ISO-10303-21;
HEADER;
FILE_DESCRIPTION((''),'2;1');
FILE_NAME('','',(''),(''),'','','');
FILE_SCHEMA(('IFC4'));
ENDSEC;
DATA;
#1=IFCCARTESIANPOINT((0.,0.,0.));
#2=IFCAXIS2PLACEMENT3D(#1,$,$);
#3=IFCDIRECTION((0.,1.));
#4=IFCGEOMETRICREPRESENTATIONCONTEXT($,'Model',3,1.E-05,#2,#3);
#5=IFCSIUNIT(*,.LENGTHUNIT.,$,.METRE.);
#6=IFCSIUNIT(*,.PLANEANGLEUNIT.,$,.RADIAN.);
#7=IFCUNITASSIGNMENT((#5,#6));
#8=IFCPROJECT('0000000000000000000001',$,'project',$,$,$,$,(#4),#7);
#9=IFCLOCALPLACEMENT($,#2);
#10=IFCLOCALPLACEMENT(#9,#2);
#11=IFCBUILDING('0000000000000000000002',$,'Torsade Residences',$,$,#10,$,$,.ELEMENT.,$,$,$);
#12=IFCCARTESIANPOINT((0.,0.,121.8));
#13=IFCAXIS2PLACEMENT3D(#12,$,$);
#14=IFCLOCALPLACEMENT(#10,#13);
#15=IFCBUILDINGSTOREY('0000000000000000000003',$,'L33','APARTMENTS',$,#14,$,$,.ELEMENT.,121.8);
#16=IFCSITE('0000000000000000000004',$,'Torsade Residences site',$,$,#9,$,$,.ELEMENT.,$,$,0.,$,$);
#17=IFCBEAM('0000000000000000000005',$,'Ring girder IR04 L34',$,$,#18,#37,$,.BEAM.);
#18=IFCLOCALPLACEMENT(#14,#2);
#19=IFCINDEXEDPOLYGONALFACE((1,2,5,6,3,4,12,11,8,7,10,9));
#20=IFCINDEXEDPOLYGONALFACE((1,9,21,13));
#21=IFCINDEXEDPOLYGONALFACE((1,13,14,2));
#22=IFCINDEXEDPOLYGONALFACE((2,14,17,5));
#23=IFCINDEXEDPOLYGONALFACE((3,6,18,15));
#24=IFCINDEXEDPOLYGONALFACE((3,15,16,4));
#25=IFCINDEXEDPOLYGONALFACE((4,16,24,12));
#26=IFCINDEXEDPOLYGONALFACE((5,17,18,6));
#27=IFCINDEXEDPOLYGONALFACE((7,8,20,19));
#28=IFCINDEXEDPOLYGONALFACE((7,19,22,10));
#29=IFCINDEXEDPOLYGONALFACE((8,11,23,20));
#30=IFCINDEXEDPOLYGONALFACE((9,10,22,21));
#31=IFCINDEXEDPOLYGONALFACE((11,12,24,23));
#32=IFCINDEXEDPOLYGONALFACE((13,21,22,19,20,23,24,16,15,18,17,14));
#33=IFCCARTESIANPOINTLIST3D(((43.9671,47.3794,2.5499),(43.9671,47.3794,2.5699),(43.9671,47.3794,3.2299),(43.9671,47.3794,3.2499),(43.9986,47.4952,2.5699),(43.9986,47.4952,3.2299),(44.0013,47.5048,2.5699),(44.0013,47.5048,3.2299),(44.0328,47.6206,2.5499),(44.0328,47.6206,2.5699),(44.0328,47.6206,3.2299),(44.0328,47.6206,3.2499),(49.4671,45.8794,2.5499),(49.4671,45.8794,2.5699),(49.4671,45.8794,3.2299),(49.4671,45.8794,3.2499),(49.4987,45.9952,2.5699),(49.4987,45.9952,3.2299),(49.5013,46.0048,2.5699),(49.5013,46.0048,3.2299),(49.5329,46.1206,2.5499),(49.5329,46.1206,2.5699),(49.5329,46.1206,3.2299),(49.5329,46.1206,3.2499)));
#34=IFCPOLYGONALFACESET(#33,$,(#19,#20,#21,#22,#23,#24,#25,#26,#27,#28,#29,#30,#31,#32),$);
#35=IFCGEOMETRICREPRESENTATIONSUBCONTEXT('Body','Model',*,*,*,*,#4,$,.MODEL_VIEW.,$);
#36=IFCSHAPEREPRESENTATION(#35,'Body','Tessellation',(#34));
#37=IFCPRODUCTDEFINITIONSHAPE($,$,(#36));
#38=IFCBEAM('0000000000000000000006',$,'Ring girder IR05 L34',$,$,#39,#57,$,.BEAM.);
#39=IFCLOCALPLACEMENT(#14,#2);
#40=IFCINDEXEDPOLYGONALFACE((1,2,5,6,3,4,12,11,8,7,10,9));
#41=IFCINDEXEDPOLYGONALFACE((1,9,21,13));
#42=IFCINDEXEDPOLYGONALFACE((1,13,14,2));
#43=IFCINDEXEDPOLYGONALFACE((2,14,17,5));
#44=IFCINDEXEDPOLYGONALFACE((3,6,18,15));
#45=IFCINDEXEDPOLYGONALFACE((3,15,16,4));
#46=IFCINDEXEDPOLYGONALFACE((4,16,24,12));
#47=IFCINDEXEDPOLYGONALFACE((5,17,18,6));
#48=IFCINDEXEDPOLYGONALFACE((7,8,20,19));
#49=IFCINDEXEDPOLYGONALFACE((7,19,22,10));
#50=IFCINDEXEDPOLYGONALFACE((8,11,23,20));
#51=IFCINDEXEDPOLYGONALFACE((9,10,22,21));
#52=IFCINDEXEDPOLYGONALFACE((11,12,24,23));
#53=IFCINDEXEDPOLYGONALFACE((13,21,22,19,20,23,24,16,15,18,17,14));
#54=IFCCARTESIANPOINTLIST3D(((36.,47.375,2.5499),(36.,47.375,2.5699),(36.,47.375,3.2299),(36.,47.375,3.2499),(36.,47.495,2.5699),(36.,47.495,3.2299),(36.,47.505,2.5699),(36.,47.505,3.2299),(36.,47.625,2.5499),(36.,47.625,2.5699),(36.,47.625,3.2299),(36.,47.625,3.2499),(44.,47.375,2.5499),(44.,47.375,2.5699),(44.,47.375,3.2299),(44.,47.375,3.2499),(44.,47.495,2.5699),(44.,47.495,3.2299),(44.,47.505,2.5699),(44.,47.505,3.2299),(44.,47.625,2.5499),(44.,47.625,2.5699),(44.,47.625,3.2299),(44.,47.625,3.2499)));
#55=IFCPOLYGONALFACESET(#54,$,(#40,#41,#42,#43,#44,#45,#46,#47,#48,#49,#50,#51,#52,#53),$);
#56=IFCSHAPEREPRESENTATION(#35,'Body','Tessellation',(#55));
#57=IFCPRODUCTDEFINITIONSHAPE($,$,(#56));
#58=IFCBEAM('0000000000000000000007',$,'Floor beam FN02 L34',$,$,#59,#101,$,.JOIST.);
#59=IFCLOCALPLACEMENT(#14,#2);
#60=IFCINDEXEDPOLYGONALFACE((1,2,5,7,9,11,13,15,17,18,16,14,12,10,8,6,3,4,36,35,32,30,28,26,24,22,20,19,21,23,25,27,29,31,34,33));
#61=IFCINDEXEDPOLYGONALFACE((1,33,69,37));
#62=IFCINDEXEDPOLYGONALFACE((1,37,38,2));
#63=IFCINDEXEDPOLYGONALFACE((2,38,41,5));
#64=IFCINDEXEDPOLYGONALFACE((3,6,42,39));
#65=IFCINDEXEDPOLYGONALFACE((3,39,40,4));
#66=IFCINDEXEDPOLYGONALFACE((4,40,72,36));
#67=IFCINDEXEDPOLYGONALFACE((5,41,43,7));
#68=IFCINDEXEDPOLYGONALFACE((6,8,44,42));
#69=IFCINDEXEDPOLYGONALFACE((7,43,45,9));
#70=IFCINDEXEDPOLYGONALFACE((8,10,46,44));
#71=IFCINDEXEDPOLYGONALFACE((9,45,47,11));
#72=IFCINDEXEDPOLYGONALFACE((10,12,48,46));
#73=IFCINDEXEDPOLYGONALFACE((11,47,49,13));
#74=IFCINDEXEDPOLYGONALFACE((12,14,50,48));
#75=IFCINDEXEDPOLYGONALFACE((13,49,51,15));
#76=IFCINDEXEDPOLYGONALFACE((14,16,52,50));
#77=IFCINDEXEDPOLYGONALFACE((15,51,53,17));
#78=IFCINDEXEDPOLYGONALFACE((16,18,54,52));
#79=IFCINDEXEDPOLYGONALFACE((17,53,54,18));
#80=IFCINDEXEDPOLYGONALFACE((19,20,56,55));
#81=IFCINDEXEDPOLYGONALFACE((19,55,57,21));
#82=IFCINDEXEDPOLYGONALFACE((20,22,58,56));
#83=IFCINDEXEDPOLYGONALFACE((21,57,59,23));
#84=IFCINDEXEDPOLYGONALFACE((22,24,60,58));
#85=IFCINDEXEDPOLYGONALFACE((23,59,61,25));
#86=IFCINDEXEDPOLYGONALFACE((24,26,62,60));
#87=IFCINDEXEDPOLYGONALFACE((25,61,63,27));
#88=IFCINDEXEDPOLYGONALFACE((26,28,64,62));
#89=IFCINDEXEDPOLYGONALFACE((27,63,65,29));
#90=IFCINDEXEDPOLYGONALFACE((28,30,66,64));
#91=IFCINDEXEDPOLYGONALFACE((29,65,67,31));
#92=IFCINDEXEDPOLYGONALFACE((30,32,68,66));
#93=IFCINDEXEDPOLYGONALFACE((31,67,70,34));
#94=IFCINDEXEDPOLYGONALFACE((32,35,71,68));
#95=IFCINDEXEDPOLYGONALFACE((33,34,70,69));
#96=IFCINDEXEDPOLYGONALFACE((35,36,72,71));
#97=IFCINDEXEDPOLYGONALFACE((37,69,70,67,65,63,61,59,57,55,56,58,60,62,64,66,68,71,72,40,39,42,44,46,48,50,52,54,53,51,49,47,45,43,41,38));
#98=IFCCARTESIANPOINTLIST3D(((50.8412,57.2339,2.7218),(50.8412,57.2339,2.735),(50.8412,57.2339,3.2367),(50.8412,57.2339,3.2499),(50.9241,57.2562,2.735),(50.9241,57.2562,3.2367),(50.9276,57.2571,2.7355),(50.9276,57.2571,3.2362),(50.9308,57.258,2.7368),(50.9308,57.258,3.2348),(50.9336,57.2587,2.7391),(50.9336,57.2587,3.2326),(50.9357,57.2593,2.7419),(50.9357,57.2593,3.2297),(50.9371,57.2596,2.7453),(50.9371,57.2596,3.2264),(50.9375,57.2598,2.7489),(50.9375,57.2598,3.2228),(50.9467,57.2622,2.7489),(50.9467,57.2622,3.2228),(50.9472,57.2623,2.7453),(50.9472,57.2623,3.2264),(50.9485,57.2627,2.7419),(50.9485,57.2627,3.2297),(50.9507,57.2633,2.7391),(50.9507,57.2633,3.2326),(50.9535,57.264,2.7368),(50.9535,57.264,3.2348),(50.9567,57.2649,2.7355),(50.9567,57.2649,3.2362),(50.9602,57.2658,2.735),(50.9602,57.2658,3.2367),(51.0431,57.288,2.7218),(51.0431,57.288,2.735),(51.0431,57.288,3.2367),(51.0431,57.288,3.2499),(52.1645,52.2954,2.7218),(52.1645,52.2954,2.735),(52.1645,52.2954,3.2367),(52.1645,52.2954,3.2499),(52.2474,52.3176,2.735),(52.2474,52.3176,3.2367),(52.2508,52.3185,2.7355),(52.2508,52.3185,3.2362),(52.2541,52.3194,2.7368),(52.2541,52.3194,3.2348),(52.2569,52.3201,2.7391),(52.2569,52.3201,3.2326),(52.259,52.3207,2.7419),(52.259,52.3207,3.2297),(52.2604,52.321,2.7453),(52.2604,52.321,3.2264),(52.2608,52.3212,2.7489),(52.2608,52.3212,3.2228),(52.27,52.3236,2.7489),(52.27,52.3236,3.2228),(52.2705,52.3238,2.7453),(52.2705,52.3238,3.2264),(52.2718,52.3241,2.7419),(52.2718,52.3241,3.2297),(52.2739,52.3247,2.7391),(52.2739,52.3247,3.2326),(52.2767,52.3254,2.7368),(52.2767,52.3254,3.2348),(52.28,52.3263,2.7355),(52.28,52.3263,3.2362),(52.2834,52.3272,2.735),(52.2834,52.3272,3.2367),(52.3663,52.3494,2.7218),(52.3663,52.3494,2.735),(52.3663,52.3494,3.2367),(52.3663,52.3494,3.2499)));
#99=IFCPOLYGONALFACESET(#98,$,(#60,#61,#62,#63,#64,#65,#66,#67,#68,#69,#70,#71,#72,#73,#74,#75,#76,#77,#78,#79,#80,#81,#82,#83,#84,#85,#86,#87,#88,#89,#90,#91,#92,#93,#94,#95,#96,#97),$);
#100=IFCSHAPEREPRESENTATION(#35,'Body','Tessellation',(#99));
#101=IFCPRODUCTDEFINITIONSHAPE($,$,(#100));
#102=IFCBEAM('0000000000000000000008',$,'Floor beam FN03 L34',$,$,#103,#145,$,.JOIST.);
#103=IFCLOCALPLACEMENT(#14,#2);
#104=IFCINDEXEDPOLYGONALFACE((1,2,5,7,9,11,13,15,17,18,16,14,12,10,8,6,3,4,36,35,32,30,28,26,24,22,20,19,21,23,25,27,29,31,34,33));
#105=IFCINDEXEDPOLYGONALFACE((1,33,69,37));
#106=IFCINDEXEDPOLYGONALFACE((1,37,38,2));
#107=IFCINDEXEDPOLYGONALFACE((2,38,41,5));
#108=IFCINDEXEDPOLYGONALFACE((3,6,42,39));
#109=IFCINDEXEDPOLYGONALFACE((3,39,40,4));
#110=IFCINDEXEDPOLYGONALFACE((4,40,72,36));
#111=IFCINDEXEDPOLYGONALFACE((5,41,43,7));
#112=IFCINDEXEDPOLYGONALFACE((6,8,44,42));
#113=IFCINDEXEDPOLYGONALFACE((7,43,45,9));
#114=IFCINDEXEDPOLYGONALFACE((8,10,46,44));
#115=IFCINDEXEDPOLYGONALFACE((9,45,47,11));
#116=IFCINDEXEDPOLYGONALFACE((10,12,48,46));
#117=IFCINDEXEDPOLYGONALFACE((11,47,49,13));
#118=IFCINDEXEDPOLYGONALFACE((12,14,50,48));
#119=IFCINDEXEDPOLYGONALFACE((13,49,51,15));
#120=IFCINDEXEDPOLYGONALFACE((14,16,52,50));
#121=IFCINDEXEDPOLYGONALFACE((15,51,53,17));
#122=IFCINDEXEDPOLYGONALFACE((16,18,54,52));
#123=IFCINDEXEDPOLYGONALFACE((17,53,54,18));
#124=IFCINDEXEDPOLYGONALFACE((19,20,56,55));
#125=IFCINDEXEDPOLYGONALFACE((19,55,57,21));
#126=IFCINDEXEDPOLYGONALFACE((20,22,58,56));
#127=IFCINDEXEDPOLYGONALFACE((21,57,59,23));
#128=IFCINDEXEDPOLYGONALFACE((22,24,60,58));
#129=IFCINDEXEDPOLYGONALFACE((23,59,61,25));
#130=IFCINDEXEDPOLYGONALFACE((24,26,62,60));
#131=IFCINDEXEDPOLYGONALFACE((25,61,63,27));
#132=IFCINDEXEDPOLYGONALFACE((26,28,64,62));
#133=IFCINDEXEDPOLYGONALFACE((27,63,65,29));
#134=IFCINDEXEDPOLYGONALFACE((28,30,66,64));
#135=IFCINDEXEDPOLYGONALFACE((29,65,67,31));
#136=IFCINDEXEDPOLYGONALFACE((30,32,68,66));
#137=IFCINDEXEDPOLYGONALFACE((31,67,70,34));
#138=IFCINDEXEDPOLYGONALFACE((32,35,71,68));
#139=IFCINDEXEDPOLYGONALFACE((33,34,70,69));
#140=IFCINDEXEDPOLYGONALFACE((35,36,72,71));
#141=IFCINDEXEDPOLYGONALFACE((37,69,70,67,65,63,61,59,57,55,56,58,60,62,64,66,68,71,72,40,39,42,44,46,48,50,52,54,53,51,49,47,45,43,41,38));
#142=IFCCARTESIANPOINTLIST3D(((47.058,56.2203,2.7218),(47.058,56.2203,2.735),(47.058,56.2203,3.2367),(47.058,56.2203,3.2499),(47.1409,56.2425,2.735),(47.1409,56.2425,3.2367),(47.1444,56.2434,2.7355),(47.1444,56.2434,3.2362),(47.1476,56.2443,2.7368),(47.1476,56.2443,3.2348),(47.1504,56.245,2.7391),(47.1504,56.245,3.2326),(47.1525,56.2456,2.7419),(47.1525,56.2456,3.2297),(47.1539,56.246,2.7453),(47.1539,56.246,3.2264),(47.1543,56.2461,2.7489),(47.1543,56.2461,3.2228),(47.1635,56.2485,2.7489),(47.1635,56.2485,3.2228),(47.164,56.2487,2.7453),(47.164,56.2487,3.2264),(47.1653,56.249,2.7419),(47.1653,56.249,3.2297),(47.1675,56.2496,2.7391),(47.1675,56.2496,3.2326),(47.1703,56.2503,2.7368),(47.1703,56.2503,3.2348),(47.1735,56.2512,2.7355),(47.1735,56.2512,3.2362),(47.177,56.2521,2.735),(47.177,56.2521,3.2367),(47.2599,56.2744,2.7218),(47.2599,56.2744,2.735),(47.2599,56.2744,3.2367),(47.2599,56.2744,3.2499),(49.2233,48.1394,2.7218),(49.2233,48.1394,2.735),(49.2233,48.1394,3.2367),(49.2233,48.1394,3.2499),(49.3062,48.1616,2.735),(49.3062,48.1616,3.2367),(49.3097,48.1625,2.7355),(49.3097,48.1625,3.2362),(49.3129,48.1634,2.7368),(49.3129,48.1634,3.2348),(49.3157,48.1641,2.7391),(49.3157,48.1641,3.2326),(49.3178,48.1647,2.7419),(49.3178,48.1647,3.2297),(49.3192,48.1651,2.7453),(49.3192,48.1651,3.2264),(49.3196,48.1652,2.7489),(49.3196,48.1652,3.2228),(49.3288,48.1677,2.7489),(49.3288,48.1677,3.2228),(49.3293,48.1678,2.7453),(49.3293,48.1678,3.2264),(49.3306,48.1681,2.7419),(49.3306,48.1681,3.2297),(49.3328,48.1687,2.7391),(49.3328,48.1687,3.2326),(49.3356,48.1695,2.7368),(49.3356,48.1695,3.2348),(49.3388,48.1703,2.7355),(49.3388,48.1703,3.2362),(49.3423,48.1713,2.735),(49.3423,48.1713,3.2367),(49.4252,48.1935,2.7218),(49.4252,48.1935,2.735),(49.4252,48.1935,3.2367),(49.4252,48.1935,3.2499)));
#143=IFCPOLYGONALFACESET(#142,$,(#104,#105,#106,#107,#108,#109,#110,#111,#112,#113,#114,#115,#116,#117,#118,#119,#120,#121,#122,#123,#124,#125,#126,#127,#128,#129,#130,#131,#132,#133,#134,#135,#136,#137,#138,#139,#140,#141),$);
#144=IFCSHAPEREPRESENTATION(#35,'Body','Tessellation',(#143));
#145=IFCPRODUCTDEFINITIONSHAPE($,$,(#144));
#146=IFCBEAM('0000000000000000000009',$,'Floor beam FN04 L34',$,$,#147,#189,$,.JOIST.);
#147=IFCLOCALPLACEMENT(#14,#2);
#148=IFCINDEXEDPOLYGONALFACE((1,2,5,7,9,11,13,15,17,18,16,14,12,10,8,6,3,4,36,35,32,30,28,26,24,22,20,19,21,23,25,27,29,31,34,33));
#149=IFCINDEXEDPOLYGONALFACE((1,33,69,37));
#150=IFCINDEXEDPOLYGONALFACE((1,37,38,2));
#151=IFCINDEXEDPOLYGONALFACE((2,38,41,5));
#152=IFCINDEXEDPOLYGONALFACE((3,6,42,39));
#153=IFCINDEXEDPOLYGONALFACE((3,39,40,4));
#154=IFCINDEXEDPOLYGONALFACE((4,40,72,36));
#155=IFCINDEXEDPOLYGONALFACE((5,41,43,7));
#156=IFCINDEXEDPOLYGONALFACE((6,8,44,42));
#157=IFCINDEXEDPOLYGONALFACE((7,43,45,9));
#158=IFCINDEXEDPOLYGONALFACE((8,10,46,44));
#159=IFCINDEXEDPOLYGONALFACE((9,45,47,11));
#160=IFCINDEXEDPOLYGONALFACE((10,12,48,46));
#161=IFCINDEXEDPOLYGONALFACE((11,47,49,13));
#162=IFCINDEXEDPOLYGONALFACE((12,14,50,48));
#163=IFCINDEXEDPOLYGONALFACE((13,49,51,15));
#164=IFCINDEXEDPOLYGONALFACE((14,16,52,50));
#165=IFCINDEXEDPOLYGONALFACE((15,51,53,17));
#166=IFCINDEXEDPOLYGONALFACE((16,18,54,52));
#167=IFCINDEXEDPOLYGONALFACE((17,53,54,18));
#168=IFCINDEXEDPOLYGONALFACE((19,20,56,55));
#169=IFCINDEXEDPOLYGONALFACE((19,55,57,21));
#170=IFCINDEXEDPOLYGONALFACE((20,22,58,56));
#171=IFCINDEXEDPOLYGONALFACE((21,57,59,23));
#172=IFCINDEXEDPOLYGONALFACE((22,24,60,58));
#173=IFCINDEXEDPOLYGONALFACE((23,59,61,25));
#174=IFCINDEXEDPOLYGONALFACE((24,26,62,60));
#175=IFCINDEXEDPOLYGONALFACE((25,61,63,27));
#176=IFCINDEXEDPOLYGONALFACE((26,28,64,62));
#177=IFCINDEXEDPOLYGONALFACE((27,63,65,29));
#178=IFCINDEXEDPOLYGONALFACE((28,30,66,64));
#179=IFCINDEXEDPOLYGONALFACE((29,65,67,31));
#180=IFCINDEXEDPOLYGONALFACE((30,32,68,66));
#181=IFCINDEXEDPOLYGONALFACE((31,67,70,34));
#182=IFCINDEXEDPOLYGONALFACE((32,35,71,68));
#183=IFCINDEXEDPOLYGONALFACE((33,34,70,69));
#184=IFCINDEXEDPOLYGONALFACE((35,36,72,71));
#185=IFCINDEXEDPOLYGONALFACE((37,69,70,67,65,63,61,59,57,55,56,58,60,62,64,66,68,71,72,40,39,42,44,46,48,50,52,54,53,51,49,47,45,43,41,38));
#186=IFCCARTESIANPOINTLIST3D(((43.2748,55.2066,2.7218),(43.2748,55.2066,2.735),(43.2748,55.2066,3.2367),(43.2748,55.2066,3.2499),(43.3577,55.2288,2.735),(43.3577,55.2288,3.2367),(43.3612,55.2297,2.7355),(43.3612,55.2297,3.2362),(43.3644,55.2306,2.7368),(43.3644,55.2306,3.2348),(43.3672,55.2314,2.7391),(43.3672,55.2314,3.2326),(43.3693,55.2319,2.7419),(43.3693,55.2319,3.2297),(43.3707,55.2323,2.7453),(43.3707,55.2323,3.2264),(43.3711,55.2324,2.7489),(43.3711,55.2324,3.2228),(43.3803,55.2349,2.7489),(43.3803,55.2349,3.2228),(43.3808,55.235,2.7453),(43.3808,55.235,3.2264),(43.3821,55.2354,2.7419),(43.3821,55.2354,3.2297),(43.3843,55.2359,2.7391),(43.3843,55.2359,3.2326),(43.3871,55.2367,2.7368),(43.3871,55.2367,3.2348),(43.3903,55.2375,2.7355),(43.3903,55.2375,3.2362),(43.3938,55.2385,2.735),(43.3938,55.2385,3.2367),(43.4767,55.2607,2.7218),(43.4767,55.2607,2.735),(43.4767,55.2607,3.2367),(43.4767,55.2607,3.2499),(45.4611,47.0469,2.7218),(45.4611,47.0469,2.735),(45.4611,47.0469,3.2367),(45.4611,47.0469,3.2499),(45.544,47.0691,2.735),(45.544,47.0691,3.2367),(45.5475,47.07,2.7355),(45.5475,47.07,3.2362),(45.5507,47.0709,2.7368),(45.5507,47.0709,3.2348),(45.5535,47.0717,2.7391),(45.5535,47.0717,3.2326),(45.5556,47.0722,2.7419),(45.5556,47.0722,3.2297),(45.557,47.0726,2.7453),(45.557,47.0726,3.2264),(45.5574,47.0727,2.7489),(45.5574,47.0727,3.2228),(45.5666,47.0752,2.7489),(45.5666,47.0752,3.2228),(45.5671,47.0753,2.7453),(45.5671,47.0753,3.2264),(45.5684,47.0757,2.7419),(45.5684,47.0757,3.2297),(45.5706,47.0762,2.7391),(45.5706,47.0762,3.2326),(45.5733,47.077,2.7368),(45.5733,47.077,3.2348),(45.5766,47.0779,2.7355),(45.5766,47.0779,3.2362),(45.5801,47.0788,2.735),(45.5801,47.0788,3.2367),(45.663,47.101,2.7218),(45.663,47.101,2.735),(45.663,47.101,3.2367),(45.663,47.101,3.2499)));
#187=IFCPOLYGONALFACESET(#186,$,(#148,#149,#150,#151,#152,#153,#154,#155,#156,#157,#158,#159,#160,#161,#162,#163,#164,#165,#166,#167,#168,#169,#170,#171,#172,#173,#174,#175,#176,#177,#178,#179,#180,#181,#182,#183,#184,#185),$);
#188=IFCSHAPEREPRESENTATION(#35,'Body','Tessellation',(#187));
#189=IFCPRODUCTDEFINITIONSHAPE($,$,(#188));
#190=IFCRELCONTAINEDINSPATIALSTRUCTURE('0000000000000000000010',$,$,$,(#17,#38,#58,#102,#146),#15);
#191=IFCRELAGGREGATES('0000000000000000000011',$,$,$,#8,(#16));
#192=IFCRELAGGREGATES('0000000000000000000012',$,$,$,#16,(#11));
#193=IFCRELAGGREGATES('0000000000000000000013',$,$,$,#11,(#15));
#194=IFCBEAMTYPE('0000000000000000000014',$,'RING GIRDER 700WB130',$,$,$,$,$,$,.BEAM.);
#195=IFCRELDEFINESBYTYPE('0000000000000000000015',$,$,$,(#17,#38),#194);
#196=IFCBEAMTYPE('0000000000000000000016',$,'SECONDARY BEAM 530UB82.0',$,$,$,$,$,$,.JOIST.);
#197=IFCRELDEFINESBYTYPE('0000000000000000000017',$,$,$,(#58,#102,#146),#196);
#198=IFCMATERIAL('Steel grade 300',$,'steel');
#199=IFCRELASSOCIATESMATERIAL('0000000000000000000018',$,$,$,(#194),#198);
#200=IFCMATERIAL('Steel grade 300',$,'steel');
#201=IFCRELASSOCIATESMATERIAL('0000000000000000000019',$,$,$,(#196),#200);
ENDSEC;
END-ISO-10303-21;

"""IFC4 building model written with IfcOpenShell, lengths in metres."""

from ifc_helpers import new_model, si_unit, direction, frame, origin, origin_2d, place, context, subcontext, project, spatial, i_section, extrude, material, material_profile, profile_set, type_object, element, save


model = new_model("IFC4")

# Units and contexts
model_context = context("Model", 3, precision=1e-05, world=origin(), true_north=direction((0.0, 1.0)))
body_context = subcontext(model_context, "Body", "Model", "MODEL_VIEW")
ifc_project = project(units=[si_unit("LENGTHUNIT", "METRE"), si_unit("PLANEANGLEUNIT", "RADIAN")], contexts=[model_context])

# Site, building, storey
site_placement = place(None, origin())
site = spatial("IfcSite", under=ifc_project, at=site_placement, Name="Torsade Residences site", CompositionType="ELEMENT", RefElevation=0.0)
building_placement = place(site_placement, origin())
building = spatial("IfcBuilding", under=site, at=building_placement, Name="Torsade Residences", CompositionType="ELEMENT")
storey_placement = place(building_placement, frame((0.0, 0.0, 121.8)))
storey = spatial("IfcBuildingStorey", under=building, at=storey_placement, Name="L33", Description="APARTMENTS", CompositionType="ELEMENT", Elevation=121.8)

# Beams
ifc_material_1 = material(Name="Steel grade 300", Category="steel")
ifc_material_profile_1 = material_profile(ifc_material_1, i_section(OverallWidth=0.25, OverallDepth=0.7, WebThickness=0.01, FlangeThickness=0.02, at=origin_2d()), Name="700WB130")
ifc_profile_set_1 = profile_set([ifc_material_profile_1], Name="Steel grade 300")
beam_type_1 = type_object("IfcBeamType", Name="RING GIRDER 700WB130", PredefinedType="BEAM", material=ifc_profile_set_1)
beam_1_placement = place(storey_placement, frame((49.5, 46.0, 2.8999), z_axis=(-0.964764, 0.263117, 0.0), x_axis=(-0.263117, -0.964764, 0.0)))
element("IfcBeam", 1, at=beam_1_placement, inside=storey, type_object=beam_type_1, Name="Ring girder IR04 L34", PredefinedType="BEAM", context=body_context, shape_type="SweptSolid", body=[
    extrude(i_section(OverallWidth=0.25, OverallDepth=0.7, WebThickness=0.01, FlangeThickness=0.02, at=origin_2d()), origin(), (0.0, 0.0, 1.0), 5.7009),
])
beam_2_placement = place(storey_placement, frame((44.0, 47.5, 2.8999), z_axis=(-1.0, 0.0, 0.0), x_axis=(0.0, -1.0, 0.0)))
element("IfcBeam", 2, at=beam_2_placement, inside=storey, type_object=beam_type_1, Name="Ring girder IR05 L34", PredefinedType="BEAM", context=body_context, shape_type="SweptSolid", body=[
    extrude(i_section(OverallWidth=0.25, OverallDepth=0.7, WebThickness=0.01, FlangeThickness=0.02, at=origin_2d()), origin(), (0.0, 0.0, 1.0), 8.0),
])
ifc_material_2 = material(Name="Steel grade 300", Category="steel")
ifc_material_profile_2 = material_profile(ifc_material_2, i_section(OverallWidth=0.209, OverallDepth=0.5281, WebThickness=0.0095, FlangeThickness=0.0132, FilletRadius=0.0139, at=origin_2d()), Name="530UB82.0")
ifc_profile_set_2 = profile_set([ifc_material_profile_2], Name="Steel grade 300")
beam_type_2 = type_object("IfcBeamType", Name="SECONDARY BEAM 530UB82.0", PredefinedType="JOIST", material=ifc_profile_set_2)
beam_3_placement = place(storey_placement, frame((50.9421, 57.261, 2.9858), z_axis=(0.258816, -0.965927, 0.0), x_axis=(0.965927, 0.258816, 0.0)))
element("IfcBeam", 3, at=beam_3_placement, inside=storey, type_object=beam_type_2, Name="Floor beam FN02 L34", PredefinedType="JOIST", context=body_context, shape_type="SweptSolid", body=[
    extrude(i_section(OverallWidth=0.209, OverallDepth=0.5281, WebThickness=0.0095, FlangeThickness=0.0132, FilletRadius=0.0139, at=origin_2d()), origin(), (0.0, 0.0, 1.0), 5.1128),
])
beam_4_placement = place(storey_placement, frame((47.1589, 56.2473, 2.9858), z_axis=(0.258823, -0.965925, 0.0), x_axis=(0.965925, 0.258823, 0.0)))
element("IfcBeam", 4, at=beam_4_placement, inside=storey, type_object=beam_type_2, Name="Floor beam FN03 L34", PredefinedType="JOIST", context=body_context, shape_type="SweptSolid", body=[
    extrude(i_section(OverallWidth=0.209, OverallDepth=0.5281, WebThickness=0.0095, FlangeThickness=0.0132, FilletRadius=0.0139, at=origin_2d()), origin(), (0.0, 0.0, 1.0), 8.366),
])
beam_5_placement = place(storey_placement, frame((43.3757, 55.2336, 2.9858), z_axis=(0.258808, -0.965929, 0.0), x_axis=(0.965929, 0.258808, 0.0)))
element("IfcBeam", 5, at=beam_5_placement, inside=storey, type_object=beam_type_2, Name="Floor beam FN04 L34", PredefinedType="JOIST", context=body_context, shape_type="SweptSolid", body=[
    extrude(i_section(OverallWidth=0.209, OverallDepth=0.5281, WebThickness=0.0095, FlangeThickness=0.0132, FilletRadius=0.0139, at=origin_2d()), origin(), (0.0, 0.0, 1.0), 8.4475),
])

save(model, "model.ifc")
